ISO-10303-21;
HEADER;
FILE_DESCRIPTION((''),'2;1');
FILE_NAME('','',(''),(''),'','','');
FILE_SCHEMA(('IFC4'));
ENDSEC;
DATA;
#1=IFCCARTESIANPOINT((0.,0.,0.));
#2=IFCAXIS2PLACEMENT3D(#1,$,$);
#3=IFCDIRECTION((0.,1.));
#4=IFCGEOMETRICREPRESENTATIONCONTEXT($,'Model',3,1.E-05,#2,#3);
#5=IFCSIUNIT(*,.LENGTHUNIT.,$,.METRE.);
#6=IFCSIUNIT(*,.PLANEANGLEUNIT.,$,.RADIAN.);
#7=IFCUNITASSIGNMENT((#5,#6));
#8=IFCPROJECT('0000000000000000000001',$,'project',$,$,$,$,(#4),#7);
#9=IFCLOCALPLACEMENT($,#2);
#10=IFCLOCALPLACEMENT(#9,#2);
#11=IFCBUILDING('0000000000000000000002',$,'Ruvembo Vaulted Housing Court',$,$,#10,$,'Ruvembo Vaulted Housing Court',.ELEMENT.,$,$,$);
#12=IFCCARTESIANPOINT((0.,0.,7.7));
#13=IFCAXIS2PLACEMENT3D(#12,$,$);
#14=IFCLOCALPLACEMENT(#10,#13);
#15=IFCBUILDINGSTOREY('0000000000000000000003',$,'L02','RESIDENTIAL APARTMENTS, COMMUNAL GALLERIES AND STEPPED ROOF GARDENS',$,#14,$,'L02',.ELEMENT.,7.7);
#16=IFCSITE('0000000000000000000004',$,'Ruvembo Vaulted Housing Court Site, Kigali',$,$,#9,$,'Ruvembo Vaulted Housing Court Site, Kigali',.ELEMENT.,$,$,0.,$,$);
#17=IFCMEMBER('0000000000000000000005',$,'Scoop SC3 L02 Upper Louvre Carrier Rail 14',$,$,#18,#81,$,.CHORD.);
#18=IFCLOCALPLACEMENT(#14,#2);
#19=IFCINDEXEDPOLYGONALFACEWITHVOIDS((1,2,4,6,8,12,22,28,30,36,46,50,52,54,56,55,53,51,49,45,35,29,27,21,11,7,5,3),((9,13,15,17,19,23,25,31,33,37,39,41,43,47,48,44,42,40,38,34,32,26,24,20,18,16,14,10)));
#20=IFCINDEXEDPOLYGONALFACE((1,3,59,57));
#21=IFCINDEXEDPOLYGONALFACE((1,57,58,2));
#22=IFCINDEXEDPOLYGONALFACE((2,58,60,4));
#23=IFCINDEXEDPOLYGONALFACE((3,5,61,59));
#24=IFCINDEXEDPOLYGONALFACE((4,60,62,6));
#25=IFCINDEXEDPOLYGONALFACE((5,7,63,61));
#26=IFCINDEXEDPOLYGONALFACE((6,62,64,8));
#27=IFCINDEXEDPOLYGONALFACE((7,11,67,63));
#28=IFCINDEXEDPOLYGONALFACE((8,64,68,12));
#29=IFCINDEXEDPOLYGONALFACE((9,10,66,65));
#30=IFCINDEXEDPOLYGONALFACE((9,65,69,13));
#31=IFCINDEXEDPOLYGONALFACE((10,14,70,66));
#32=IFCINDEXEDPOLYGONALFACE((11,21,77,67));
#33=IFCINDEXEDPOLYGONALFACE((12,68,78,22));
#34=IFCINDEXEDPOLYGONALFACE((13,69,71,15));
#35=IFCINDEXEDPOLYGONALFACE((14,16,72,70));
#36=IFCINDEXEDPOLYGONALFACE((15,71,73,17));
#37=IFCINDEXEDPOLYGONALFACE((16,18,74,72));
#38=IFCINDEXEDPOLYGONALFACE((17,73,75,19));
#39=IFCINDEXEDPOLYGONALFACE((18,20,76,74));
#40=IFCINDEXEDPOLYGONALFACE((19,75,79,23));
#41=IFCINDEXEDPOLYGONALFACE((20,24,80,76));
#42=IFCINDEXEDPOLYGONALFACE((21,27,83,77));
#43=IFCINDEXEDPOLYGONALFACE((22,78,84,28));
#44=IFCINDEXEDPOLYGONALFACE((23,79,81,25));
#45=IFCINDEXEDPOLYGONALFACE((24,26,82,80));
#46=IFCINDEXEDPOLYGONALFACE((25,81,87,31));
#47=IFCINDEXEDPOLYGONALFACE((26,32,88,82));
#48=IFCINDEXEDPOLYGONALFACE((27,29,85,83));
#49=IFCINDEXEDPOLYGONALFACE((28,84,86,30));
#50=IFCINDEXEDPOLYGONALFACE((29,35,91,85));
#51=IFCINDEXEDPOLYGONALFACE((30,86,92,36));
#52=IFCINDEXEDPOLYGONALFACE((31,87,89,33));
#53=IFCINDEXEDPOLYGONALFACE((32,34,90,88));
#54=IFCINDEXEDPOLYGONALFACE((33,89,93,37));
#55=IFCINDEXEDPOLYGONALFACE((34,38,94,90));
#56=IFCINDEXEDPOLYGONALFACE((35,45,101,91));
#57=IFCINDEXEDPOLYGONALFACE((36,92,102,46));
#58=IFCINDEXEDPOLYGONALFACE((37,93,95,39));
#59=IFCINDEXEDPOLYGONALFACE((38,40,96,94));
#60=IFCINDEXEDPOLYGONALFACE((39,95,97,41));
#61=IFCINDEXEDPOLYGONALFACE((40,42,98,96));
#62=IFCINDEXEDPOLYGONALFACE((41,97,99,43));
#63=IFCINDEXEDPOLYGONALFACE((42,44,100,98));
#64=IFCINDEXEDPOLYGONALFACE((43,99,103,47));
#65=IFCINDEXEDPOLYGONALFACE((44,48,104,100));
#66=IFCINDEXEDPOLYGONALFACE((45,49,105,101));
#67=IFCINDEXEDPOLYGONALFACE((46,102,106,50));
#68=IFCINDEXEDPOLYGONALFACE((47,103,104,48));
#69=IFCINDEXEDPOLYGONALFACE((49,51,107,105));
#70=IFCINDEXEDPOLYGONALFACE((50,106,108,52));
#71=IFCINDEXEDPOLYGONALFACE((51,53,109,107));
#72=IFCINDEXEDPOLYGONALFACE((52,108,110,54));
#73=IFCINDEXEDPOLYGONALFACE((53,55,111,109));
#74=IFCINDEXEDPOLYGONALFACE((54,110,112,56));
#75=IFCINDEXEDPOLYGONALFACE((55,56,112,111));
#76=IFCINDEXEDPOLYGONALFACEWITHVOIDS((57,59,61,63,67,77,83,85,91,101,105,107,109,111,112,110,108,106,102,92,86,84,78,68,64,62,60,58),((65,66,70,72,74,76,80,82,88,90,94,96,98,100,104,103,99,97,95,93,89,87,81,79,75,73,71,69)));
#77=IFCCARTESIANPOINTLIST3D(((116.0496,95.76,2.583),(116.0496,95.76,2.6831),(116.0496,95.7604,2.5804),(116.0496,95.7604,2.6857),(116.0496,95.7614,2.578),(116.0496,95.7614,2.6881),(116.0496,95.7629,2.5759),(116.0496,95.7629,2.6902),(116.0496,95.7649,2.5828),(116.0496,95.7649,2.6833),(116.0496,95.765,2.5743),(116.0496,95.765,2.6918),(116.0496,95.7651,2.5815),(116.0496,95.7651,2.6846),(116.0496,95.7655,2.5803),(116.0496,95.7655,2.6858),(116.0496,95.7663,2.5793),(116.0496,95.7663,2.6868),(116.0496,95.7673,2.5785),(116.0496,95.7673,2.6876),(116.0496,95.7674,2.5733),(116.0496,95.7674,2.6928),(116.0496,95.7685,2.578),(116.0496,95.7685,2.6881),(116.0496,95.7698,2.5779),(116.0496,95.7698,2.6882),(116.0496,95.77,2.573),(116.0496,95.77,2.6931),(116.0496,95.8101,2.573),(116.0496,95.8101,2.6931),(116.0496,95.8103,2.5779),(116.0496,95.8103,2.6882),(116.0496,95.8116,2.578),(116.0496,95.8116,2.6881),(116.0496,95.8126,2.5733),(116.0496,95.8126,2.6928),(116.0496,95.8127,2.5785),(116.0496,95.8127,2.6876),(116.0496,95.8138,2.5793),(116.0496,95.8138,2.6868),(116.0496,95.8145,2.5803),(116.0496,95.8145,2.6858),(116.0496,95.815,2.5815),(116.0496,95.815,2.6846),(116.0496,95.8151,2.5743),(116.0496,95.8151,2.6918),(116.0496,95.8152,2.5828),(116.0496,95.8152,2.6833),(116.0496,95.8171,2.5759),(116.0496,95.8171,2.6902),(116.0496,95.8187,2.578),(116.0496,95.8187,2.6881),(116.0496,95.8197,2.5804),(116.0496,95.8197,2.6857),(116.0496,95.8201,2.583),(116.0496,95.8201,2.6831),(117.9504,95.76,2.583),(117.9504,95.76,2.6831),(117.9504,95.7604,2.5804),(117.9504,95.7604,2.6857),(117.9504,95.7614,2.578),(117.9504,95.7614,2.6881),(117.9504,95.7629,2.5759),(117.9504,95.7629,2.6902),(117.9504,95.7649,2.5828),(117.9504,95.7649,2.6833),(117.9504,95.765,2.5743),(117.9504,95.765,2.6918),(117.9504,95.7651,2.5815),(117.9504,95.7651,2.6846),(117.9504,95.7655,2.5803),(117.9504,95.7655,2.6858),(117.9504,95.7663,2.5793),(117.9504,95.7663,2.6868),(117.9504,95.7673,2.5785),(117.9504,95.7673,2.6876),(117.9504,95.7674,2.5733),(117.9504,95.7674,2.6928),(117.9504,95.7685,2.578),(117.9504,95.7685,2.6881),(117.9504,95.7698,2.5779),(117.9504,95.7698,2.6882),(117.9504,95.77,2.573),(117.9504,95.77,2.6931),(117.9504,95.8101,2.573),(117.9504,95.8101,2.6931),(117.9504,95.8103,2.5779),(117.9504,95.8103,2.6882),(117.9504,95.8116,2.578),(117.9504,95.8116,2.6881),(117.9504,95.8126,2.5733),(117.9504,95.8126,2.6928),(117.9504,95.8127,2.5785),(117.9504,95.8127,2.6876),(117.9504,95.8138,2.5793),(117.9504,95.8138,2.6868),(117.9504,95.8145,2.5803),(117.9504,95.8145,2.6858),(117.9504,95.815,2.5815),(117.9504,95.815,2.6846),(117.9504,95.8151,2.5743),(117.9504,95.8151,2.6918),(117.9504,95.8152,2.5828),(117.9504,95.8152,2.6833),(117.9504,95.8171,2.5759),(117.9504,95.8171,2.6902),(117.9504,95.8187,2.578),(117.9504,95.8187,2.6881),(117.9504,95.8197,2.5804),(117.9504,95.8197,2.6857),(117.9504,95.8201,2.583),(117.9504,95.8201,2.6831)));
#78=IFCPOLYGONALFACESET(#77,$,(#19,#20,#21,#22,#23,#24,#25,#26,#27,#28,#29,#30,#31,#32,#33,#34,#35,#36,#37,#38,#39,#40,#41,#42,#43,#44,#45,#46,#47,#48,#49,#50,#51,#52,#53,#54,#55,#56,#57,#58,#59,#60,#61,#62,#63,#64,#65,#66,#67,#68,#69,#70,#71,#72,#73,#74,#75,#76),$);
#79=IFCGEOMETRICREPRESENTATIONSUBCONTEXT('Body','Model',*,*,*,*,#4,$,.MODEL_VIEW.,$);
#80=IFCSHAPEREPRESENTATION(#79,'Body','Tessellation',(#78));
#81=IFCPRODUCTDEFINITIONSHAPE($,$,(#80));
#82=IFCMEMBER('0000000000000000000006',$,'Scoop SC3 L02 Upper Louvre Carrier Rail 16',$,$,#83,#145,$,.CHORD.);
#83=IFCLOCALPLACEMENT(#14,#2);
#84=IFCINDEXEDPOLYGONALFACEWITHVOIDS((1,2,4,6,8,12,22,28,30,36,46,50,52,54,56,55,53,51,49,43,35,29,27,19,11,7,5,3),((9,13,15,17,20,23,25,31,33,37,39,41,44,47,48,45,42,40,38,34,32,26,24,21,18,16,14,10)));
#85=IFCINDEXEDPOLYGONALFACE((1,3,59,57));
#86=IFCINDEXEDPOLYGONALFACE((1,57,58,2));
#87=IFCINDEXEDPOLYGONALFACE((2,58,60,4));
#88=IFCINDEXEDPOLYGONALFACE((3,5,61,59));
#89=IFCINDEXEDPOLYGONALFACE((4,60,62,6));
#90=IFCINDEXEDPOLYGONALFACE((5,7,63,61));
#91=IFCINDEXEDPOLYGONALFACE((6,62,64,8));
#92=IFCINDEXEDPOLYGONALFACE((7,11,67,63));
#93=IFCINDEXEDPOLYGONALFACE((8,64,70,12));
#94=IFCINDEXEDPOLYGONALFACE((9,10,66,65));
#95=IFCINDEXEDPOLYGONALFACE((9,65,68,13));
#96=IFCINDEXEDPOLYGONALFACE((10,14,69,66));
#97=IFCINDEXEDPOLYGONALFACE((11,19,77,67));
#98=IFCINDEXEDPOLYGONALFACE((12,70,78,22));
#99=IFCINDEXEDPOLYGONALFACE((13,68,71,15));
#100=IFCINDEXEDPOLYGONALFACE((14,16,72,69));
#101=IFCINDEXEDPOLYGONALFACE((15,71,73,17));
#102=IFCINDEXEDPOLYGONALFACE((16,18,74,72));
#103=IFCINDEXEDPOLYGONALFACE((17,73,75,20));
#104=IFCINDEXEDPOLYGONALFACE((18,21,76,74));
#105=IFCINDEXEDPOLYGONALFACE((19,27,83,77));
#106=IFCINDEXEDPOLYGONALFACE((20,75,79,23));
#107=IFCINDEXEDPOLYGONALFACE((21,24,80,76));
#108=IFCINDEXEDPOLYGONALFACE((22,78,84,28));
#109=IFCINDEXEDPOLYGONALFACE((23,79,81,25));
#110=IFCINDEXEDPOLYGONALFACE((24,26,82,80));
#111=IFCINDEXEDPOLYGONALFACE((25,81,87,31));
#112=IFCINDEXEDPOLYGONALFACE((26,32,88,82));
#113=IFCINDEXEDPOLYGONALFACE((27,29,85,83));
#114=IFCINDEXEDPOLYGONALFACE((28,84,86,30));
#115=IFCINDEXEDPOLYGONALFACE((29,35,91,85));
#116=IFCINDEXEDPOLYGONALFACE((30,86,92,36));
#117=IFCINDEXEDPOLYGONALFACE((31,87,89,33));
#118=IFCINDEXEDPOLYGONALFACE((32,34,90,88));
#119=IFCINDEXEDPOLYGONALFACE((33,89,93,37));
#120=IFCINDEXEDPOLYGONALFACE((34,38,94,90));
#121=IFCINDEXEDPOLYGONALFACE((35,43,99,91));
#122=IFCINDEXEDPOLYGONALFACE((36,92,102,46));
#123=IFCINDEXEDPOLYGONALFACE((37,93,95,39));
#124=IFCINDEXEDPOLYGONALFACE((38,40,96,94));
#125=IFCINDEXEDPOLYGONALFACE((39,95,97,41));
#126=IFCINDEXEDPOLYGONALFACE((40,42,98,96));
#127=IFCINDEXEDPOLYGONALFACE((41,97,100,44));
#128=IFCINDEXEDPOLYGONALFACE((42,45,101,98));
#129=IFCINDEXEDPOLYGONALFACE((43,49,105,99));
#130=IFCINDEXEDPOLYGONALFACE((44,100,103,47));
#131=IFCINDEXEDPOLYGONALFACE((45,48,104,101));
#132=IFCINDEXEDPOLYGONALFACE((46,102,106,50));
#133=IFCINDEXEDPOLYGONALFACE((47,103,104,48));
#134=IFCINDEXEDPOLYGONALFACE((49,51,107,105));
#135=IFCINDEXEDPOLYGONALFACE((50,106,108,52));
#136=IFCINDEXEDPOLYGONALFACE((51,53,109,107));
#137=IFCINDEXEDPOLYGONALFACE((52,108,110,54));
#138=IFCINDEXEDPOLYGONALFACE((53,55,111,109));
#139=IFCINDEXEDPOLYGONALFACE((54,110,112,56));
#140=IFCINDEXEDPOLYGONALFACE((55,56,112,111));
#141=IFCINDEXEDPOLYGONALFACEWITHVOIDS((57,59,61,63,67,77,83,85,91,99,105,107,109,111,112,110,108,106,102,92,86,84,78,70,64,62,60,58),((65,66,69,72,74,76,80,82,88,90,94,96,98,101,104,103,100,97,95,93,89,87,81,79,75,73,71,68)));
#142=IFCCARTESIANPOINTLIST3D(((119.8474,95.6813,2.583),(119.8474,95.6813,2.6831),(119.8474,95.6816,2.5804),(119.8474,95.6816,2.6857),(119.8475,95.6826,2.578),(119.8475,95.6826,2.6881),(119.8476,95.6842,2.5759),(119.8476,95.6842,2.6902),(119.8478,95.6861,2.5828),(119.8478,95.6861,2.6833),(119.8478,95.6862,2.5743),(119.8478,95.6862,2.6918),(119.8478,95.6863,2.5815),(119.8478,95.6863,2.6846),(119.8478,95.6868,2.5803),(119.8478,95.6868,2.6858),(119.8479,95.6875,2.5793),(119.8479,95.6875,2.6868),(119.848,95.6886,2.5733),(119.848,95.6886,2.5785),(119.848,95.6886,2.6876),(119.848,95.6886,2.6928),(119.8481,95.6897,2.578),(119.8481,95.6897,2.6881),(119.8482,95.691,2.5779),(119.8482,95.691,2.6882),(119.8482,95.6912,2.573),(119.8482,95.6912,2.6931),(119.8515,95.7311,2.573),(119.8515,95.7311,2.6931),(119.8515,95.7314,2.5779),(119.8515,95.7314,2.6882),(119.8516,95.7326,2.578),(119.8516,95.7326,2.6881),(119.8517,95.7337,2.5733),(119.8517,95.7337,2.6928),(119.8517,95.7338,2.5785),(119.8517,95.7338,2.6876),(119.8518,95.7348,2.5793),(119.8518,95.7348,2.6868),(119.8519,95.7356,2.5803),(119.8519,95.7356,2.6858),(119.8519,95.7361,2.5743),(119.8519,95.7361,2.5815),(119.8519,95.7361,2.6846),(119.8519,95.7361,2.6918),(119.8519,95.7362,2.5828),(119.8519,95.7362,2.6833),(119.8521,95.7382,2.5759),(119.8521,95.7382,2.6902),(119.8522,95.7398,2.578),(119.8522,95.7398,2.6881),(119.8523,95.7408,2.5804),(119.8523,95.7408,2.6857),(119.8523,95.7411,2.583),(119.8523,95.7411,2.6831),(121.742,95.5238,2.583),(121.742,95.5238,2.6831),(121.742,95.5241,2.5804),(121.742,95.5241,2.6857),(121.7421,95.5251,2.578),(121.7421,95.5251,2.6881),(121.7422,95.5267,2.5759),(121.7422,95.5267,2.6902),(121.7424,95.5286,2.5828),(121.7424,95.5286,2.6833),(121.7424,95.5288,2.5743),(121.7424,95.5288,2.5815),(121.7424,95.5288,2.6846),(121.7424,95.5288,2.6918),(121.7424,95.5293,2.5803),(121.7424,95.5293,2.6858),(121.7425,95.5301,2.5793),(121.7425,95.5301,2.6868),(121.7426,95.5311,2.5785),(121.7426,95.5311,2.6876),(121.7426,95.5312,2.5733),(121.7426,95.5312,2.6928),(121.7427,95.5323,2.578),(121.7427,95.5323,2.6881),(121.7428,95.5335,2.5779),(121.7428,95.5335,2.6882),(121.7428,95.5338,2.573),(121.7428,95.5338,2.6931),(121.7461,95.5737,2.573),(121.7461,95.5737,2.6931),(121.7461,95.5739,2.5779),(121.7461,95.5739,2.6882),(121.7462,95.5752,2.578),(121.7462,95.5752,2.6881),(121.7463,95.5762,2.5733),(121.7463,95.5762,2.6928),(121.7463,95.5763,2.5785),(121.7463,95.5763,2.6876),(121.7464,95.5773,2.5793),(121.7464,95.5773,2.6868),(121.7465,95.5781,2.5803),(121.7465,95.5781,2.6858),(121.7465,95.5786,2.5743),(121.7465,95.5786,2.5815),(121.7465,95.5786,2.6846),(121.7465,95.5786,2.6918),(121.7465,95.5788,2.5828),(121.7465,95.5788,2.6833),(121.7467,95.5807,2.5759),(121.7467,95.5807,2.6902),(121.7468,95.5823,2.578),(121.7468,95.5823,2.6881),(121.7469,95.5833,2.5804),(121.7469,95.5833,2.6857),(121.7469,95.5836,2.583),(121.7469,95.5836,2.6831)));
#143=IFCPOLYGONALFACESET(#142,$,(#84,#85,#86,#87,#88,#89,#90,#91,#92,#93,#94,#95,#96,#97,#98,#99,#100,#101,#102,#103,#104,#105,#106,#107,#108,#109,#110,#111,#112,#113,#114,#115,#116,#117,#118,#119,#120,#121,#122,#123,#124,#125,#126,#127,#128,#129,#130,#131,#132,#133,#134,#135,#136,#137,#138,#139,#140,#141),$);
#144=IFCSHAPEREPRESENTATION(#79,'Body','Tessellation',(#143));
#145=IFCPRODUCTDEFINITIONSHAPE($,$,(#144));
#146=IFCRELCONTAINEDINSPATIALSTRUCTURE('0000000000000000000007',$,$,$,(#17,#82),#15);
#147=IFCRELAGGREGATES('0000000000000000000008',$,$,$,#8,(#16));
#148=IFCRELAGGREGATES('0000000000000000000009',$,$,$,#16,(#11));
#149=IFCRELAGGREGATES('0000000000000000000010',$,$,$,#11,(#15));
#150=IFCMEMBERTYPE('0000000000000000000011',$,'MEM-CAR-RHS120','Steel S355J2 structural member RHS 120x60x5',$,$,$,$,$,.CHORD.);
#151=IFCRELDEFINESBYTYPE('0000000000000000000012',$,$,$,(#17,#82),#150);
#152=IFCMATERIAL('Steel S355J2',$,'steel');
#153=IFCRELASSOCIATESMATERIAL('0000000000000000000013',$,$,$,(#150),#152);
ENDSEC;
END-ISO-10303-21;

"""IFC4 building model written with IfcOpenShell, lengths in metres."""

from ifc_helpers import new_model, si_unit, direction, frame, origin, origin_2d, place, context, subcontext, project, spatial, hollow_rectangle, extrude, material, material_profile, profile_set, type_object, element, save


model = new_model("IFC4")

# Units and contexts
model_context = context("Model", 3, precision=1e-05, world=origin(), true_north=direction((0.0, 1.0)))
body_context = subcontext(model_context, "Body", "Model", "MODEL_VIEW")
ifc_project = project(units=[si_unit("LENGTHUNIT", "METRE"), si_unit("PLANEANGLEUNIT", "RADIAN")], contexts=[model_context])

# Site, building, storey
site_placement = place(None, origin())
site = spatial("IfcSite", under=ifc_project, at=site_placement, Name="Ruvembo Vaulted Housing Court Site, Kigali", LongName="Ruvembo Vaulted Housing Court Site, Kigali", CompositionType="ELEMENT", RefElevation=0.0)
building_placement = place(site_placement, origin())
building = spatial("IfcBuilding", under=site, at=building_placement, Name="Ruvembo Vaulted Housing Court", LongName="Ruvembo Vaulted Housing Court", CompositionType="ELEMENT")
storey_placement = place(building_placement, frame((0.0, 0.0, 7.7)))
storey = spatial("IfcBuildingStorey", under=building, at=storey_placement, Name="L02", Description="RESIDENTIAL APARTMENTS, COMMUNAL GALLERIES AND STEPPED ROOF GARDENS", LongName="L02", CompositionType="ELEMENT", Elevation=7.7)

# Shared definitions
ifc_material_1 = material(Name="Steel S355J2", Category="steel")

# Members
ifc_material_profile_1 = material_profile(ifc_material_1, hollow_rectangle(XDim=0.0601, YDim=0.1201, WallThickness=0.0049, InnerFilletRadius=0.0049, OuterFilletRadius=0.01, at=origin_2d()), Name="RHS 120x60x5")
ifc_profile_set_1 = profile_set([ifc_material_profile_1], Name="Steel S355J2")
member_type_1 = type_object("IfcMemberType", Name="MEM-CAR-RHS120", Description="Steel S355J2 structural member RHS 120x60x5", PredefinedType="CHORD", material=ifc_profile_set_1)
member_1_placement = place(storey_placement, frame((116.0496, 95.79, 2.6331), z_axis=(1.0, 0.0, 0.0), x_axis=(0.0, 1.0, 0.0)))
element("IfcMember", 1, at=member_1_placement, inside=storey, type_object=member_type_1, Name="Scoop SC3 L02 Upper Louvre Carrier Rail 14", PredefinedType="CHORD", context=body_context, shape_type="SweptSolid", body=[
    extrude(hollow_rectangle(XDim=0.0601, YDim=0.1201, WallThickness=0.0049, InnerFilletRadius=0.0049, OuterFilletRadius=0.01, at=origin_2d()), origin(), (0.0, 0.0, 1.0), 1.9009),
])
for number, where, z_axis, x_axis, name in (
    (2, (119.8499, 95.7112, 2.6331), (0.996563, -0.082833, 0.0), (0.082833, 0.996563, 0.0), "Scoop SC3 L02 Upper Louvre Carrier Rail 16"),
):
    element("IfcMember", number, at=place(storey_placement, frame(where, z_axis=z_axis, x_axis=x_axis)), inside=storey, type_object=member_type_1, Name=name, PredefinedType="CHORD", context=body_context, shape_type="SweptSolid", body=[
        extrude(hollow_rectangle(XDim=0.0601, YDim=0.1201, WallThickness=0.0049, InnerFilletRadius=0.0049, OuterFilletRadius=0.01, at=origin_2d()), origin(), (0.0, 0.0, 1.0), 1.9011),
    ])

save(model, "model.ifc")
